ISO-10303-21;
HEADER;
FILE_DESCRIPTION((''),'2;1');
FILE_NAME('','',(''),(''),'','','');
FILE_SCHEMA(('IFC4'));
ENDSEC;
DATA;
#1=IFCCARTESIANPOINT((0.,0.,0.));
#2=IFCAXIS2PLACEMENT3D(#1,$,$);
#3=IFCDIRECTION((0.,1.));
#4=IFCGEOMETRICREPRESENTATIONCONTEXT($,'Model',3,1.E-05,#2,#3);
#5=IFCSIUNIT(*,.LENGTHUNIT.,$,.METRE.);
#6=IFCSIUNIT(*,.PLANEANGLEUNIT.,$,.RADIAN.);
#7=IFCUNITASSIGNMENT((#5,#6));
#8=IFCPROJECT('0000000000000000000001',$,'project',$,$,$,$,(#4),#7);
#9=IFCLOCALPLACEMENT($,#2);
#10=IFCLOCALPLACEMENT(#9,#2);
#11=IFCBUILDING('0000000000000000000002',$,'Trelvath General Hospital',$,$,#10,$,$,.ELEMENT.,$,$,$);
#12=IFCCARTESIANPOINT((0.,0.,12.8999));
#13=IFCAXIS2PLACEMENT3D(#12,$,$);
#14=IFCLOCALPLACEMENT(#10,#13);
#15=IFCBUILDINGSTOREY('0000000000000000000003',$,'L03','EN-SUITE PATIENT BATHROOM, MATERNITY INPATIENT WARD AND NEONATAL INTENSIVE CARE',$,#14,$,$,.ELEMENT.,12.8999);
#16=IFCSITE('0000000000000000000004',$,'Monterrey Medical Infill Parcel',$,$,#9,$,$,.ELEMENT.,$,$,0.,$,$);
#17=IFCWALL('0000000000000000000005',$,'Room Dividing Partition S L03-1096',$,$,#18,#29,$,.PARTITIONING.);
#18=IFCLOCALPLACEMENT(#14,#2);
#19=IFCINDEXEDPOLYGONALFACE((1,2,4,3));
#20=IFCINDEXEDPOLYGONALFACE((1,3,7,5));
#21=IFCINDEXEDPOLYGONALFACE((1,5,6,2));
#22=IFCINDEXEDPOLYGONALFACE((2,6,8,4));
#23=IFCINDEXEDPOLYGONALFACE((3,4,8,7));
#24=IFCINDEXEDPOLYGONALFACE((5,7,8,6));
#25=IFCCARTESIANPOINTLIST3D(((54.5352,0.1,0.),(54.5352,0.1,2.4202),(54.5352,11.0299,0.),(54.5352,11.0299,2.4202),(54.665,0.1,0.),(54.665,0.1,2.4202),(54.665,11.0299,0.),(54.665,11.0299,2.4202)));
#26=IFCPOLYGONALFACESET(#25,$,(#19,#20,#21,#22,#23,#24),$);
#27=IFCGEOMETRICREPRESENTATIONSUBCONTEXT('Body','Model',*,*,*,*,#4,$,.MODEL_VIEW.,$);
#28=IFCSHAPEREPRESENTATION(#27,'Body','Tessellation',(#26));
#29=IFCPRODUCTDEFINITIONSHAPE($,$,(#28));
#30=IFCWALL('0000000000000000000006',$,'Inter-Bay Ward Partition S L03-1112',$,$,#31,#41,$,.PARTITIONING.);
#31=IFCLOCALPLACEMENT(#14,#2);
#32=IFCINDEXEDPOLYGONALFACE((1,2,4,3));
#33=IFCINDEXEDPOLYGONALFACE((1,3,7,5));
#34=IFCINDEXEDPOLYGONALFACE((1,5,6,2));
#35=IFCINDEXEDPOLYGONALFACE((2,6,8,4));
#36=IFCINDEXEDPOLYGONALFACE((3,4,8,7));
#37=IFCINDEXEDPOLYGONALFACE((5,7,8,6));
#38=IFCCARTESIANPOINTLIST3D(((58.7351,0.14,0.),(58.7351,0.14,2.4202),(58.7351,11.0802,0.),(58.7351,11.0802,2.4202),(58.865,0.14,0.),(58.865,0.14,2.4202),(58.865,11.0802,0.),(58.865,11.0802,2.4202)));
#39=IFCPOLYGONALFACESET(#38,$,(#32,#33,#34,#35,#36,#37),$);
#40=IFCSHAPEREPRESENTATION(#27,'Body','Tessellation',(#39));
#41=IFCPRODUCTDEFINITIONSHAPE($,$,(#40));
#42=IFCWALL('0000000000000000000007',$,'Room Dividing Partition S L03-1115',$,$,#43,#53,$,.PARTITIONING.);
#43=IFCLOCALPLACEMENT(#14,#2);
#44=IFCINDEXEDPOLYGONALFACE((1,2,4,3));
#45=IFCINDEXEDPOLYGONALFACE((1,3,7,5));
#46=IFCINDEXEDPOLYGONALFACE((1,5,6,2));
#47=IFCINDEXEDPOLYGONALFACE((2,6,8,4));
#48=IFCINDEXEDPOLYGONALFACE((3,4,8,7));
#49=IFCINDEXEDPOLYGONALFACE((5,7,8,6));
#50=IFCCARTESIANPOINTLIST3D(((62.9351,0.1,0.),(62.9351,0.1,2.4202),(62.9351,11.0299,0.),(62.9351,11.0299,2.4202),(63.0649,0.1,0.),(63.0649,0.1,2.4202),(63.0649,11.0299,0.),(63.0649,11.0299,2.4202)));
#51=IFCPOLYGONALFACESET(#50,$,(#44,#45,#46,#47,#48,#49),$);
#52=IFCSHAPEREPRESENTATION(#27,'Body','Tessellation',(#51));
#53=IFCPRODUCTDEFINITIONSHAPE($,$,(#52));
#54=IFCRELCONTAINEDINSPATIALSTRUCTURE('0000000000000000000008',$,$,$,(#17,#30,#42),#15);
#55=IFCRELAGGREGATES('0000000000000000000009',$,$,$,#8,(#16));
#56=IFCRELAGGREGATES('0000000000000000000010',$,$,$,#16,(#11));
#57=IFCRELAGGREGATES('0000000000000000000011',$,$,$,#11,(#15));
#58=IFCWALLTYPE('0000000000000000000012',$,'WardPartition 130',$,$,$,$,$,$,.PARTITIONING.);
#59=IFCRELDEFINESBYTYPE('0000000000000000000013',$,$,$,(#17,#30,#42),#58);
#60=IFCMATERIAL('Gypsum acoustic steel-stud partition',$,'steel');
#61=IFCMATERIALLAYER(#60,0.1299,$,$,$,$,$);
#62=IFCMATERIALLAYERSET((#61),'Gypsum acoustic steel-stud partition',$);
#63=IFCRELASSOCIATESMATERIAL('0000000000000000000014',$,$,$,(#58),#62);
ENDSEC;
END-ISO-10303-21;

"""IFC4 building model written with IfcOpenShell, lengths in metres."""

from ifc_helpers import new_model, si_unit, direction, frame, frame_2d, origin, place, context, subcontext, project, spatial, rectangle, extrude, material, layer, layer_set, type_object, element, save


model = new_model("IFC4")

# Units and contexts
model_context = context("Model", 3, precision=1e-05, world=origin(), true_north=direction((0.0, 1.0)))
body_context = subcontext(model_context, "Body", "Model", "MODEL_VIEW")
ifc_project = project(units=[si_unit("LENGTHUNIT", "METRE"), si_unit("PLANEANGLEUNIT", "RADIAN")], contexts=[model_context])

# Site, building, storey
site_placement = place(None, origin())
site = spatial("IfcSite", under=ifc_project, at=site_placement, Name="Monterrey Medical Infill Parcel", CompositionType="ELEMENT", RefElevation=0.0)
building_placement = place(site_placement, origin())
building = spatial("IfcBuilding", under=site, at=building_placement, Name="Trelvath General Hospital", CompositionType="ELEMENT")
storey_placement = place(building_placement, frame((0.0, 0.0, 12.8999)))
storey = spatial("IfcBuildingStorey", under=building, at=storey_placement, Name="L03", Description="EN-SUITE PATIENT BATHROOM, MATERNITY INPATIENT WARD AND NEONATAL INTENSIVE CARE", CompositionType="ELEMENT", Elevation=12.8999)

# Walls
ifc_material_1 = material(Name="Gypsum acoustic steel-stud partition", Category="steel")
ifc_layer_1 = layer(ifc_material_1, 0.1299)
ifc_layer_set_1 = layer_set([ifc_layer_1], Name="Gypsum acoustic steel-stud partition")
wall_type_1 = type_object("IfcWallType", Name="WardPartition 130", PredefinedType="PARTITIONING", material=ifc_layer_set_1)
wall_1_placement = place(storey_placement, frame((54.6001, 0.1001, 0.0), z_axis=(0.0, 0.0, 1.0), x_axis=(0.0, 1.0, 0.0)))
element("IfcWall", 1, at=wall_1_placement, inside=storey, type_object=wall_type_1, Name="Room Dividing Partition S L03-1096", PredefinedType="PARTITIONING", context=body_context, shape_type="SweptSolid", body=[
    extrude(rectangle(XDim=10.9299, YDim=0.1299, at=frame_2d((5.4648, 0.0))), origin(), (0.0, 0.0, 1.0), 2.4202),
])
wall_2_placement = place(storey_placement, frame((58.8, 0.1399, 0.0), z_axis=(0.0, 0.0, 1.0), x_axis=(0.0, 1.0, 0.0)))
element("IfcWall", 2, at=wall_2_placement, inside=storey, type_object=wall_type_1, Name="Inter-Bay Ward Partition S L03-1112", PredefinedType="PARTITIONING", context=body_context, shape_type="SweptSolid", body=[
    extrude(rectangle(XDim=10.9402, YDim=0.1299, at=frame_2d((5.4702, 0.0))), origin(), (0.0, 0.0, 1.0), 2.4202),
])
wall_3_placement = place(storey_placement, frame((63.0, 0.1001, 0.0), z_axis=(0.0, 0.0, 1.0), x_axis=(0.0, 1.0, 0.0)))
element("IfcWall", 3, at=wall_3_placement, inside=storey, type_object=wall_type_1, Name="Room Dividing Partition S L03-1115", PredefinedType="PARTITIONING", context=body_context, shape_type="SweptSolid", body=[
    extrude(rectangle(XDim=10.9299, YDim=0.1299, at=frame_2d((5.4648, 0.0))), origin(), (0.0, 0.0, 1.0), 2.4202),
])

save(model, "model.ifc")
